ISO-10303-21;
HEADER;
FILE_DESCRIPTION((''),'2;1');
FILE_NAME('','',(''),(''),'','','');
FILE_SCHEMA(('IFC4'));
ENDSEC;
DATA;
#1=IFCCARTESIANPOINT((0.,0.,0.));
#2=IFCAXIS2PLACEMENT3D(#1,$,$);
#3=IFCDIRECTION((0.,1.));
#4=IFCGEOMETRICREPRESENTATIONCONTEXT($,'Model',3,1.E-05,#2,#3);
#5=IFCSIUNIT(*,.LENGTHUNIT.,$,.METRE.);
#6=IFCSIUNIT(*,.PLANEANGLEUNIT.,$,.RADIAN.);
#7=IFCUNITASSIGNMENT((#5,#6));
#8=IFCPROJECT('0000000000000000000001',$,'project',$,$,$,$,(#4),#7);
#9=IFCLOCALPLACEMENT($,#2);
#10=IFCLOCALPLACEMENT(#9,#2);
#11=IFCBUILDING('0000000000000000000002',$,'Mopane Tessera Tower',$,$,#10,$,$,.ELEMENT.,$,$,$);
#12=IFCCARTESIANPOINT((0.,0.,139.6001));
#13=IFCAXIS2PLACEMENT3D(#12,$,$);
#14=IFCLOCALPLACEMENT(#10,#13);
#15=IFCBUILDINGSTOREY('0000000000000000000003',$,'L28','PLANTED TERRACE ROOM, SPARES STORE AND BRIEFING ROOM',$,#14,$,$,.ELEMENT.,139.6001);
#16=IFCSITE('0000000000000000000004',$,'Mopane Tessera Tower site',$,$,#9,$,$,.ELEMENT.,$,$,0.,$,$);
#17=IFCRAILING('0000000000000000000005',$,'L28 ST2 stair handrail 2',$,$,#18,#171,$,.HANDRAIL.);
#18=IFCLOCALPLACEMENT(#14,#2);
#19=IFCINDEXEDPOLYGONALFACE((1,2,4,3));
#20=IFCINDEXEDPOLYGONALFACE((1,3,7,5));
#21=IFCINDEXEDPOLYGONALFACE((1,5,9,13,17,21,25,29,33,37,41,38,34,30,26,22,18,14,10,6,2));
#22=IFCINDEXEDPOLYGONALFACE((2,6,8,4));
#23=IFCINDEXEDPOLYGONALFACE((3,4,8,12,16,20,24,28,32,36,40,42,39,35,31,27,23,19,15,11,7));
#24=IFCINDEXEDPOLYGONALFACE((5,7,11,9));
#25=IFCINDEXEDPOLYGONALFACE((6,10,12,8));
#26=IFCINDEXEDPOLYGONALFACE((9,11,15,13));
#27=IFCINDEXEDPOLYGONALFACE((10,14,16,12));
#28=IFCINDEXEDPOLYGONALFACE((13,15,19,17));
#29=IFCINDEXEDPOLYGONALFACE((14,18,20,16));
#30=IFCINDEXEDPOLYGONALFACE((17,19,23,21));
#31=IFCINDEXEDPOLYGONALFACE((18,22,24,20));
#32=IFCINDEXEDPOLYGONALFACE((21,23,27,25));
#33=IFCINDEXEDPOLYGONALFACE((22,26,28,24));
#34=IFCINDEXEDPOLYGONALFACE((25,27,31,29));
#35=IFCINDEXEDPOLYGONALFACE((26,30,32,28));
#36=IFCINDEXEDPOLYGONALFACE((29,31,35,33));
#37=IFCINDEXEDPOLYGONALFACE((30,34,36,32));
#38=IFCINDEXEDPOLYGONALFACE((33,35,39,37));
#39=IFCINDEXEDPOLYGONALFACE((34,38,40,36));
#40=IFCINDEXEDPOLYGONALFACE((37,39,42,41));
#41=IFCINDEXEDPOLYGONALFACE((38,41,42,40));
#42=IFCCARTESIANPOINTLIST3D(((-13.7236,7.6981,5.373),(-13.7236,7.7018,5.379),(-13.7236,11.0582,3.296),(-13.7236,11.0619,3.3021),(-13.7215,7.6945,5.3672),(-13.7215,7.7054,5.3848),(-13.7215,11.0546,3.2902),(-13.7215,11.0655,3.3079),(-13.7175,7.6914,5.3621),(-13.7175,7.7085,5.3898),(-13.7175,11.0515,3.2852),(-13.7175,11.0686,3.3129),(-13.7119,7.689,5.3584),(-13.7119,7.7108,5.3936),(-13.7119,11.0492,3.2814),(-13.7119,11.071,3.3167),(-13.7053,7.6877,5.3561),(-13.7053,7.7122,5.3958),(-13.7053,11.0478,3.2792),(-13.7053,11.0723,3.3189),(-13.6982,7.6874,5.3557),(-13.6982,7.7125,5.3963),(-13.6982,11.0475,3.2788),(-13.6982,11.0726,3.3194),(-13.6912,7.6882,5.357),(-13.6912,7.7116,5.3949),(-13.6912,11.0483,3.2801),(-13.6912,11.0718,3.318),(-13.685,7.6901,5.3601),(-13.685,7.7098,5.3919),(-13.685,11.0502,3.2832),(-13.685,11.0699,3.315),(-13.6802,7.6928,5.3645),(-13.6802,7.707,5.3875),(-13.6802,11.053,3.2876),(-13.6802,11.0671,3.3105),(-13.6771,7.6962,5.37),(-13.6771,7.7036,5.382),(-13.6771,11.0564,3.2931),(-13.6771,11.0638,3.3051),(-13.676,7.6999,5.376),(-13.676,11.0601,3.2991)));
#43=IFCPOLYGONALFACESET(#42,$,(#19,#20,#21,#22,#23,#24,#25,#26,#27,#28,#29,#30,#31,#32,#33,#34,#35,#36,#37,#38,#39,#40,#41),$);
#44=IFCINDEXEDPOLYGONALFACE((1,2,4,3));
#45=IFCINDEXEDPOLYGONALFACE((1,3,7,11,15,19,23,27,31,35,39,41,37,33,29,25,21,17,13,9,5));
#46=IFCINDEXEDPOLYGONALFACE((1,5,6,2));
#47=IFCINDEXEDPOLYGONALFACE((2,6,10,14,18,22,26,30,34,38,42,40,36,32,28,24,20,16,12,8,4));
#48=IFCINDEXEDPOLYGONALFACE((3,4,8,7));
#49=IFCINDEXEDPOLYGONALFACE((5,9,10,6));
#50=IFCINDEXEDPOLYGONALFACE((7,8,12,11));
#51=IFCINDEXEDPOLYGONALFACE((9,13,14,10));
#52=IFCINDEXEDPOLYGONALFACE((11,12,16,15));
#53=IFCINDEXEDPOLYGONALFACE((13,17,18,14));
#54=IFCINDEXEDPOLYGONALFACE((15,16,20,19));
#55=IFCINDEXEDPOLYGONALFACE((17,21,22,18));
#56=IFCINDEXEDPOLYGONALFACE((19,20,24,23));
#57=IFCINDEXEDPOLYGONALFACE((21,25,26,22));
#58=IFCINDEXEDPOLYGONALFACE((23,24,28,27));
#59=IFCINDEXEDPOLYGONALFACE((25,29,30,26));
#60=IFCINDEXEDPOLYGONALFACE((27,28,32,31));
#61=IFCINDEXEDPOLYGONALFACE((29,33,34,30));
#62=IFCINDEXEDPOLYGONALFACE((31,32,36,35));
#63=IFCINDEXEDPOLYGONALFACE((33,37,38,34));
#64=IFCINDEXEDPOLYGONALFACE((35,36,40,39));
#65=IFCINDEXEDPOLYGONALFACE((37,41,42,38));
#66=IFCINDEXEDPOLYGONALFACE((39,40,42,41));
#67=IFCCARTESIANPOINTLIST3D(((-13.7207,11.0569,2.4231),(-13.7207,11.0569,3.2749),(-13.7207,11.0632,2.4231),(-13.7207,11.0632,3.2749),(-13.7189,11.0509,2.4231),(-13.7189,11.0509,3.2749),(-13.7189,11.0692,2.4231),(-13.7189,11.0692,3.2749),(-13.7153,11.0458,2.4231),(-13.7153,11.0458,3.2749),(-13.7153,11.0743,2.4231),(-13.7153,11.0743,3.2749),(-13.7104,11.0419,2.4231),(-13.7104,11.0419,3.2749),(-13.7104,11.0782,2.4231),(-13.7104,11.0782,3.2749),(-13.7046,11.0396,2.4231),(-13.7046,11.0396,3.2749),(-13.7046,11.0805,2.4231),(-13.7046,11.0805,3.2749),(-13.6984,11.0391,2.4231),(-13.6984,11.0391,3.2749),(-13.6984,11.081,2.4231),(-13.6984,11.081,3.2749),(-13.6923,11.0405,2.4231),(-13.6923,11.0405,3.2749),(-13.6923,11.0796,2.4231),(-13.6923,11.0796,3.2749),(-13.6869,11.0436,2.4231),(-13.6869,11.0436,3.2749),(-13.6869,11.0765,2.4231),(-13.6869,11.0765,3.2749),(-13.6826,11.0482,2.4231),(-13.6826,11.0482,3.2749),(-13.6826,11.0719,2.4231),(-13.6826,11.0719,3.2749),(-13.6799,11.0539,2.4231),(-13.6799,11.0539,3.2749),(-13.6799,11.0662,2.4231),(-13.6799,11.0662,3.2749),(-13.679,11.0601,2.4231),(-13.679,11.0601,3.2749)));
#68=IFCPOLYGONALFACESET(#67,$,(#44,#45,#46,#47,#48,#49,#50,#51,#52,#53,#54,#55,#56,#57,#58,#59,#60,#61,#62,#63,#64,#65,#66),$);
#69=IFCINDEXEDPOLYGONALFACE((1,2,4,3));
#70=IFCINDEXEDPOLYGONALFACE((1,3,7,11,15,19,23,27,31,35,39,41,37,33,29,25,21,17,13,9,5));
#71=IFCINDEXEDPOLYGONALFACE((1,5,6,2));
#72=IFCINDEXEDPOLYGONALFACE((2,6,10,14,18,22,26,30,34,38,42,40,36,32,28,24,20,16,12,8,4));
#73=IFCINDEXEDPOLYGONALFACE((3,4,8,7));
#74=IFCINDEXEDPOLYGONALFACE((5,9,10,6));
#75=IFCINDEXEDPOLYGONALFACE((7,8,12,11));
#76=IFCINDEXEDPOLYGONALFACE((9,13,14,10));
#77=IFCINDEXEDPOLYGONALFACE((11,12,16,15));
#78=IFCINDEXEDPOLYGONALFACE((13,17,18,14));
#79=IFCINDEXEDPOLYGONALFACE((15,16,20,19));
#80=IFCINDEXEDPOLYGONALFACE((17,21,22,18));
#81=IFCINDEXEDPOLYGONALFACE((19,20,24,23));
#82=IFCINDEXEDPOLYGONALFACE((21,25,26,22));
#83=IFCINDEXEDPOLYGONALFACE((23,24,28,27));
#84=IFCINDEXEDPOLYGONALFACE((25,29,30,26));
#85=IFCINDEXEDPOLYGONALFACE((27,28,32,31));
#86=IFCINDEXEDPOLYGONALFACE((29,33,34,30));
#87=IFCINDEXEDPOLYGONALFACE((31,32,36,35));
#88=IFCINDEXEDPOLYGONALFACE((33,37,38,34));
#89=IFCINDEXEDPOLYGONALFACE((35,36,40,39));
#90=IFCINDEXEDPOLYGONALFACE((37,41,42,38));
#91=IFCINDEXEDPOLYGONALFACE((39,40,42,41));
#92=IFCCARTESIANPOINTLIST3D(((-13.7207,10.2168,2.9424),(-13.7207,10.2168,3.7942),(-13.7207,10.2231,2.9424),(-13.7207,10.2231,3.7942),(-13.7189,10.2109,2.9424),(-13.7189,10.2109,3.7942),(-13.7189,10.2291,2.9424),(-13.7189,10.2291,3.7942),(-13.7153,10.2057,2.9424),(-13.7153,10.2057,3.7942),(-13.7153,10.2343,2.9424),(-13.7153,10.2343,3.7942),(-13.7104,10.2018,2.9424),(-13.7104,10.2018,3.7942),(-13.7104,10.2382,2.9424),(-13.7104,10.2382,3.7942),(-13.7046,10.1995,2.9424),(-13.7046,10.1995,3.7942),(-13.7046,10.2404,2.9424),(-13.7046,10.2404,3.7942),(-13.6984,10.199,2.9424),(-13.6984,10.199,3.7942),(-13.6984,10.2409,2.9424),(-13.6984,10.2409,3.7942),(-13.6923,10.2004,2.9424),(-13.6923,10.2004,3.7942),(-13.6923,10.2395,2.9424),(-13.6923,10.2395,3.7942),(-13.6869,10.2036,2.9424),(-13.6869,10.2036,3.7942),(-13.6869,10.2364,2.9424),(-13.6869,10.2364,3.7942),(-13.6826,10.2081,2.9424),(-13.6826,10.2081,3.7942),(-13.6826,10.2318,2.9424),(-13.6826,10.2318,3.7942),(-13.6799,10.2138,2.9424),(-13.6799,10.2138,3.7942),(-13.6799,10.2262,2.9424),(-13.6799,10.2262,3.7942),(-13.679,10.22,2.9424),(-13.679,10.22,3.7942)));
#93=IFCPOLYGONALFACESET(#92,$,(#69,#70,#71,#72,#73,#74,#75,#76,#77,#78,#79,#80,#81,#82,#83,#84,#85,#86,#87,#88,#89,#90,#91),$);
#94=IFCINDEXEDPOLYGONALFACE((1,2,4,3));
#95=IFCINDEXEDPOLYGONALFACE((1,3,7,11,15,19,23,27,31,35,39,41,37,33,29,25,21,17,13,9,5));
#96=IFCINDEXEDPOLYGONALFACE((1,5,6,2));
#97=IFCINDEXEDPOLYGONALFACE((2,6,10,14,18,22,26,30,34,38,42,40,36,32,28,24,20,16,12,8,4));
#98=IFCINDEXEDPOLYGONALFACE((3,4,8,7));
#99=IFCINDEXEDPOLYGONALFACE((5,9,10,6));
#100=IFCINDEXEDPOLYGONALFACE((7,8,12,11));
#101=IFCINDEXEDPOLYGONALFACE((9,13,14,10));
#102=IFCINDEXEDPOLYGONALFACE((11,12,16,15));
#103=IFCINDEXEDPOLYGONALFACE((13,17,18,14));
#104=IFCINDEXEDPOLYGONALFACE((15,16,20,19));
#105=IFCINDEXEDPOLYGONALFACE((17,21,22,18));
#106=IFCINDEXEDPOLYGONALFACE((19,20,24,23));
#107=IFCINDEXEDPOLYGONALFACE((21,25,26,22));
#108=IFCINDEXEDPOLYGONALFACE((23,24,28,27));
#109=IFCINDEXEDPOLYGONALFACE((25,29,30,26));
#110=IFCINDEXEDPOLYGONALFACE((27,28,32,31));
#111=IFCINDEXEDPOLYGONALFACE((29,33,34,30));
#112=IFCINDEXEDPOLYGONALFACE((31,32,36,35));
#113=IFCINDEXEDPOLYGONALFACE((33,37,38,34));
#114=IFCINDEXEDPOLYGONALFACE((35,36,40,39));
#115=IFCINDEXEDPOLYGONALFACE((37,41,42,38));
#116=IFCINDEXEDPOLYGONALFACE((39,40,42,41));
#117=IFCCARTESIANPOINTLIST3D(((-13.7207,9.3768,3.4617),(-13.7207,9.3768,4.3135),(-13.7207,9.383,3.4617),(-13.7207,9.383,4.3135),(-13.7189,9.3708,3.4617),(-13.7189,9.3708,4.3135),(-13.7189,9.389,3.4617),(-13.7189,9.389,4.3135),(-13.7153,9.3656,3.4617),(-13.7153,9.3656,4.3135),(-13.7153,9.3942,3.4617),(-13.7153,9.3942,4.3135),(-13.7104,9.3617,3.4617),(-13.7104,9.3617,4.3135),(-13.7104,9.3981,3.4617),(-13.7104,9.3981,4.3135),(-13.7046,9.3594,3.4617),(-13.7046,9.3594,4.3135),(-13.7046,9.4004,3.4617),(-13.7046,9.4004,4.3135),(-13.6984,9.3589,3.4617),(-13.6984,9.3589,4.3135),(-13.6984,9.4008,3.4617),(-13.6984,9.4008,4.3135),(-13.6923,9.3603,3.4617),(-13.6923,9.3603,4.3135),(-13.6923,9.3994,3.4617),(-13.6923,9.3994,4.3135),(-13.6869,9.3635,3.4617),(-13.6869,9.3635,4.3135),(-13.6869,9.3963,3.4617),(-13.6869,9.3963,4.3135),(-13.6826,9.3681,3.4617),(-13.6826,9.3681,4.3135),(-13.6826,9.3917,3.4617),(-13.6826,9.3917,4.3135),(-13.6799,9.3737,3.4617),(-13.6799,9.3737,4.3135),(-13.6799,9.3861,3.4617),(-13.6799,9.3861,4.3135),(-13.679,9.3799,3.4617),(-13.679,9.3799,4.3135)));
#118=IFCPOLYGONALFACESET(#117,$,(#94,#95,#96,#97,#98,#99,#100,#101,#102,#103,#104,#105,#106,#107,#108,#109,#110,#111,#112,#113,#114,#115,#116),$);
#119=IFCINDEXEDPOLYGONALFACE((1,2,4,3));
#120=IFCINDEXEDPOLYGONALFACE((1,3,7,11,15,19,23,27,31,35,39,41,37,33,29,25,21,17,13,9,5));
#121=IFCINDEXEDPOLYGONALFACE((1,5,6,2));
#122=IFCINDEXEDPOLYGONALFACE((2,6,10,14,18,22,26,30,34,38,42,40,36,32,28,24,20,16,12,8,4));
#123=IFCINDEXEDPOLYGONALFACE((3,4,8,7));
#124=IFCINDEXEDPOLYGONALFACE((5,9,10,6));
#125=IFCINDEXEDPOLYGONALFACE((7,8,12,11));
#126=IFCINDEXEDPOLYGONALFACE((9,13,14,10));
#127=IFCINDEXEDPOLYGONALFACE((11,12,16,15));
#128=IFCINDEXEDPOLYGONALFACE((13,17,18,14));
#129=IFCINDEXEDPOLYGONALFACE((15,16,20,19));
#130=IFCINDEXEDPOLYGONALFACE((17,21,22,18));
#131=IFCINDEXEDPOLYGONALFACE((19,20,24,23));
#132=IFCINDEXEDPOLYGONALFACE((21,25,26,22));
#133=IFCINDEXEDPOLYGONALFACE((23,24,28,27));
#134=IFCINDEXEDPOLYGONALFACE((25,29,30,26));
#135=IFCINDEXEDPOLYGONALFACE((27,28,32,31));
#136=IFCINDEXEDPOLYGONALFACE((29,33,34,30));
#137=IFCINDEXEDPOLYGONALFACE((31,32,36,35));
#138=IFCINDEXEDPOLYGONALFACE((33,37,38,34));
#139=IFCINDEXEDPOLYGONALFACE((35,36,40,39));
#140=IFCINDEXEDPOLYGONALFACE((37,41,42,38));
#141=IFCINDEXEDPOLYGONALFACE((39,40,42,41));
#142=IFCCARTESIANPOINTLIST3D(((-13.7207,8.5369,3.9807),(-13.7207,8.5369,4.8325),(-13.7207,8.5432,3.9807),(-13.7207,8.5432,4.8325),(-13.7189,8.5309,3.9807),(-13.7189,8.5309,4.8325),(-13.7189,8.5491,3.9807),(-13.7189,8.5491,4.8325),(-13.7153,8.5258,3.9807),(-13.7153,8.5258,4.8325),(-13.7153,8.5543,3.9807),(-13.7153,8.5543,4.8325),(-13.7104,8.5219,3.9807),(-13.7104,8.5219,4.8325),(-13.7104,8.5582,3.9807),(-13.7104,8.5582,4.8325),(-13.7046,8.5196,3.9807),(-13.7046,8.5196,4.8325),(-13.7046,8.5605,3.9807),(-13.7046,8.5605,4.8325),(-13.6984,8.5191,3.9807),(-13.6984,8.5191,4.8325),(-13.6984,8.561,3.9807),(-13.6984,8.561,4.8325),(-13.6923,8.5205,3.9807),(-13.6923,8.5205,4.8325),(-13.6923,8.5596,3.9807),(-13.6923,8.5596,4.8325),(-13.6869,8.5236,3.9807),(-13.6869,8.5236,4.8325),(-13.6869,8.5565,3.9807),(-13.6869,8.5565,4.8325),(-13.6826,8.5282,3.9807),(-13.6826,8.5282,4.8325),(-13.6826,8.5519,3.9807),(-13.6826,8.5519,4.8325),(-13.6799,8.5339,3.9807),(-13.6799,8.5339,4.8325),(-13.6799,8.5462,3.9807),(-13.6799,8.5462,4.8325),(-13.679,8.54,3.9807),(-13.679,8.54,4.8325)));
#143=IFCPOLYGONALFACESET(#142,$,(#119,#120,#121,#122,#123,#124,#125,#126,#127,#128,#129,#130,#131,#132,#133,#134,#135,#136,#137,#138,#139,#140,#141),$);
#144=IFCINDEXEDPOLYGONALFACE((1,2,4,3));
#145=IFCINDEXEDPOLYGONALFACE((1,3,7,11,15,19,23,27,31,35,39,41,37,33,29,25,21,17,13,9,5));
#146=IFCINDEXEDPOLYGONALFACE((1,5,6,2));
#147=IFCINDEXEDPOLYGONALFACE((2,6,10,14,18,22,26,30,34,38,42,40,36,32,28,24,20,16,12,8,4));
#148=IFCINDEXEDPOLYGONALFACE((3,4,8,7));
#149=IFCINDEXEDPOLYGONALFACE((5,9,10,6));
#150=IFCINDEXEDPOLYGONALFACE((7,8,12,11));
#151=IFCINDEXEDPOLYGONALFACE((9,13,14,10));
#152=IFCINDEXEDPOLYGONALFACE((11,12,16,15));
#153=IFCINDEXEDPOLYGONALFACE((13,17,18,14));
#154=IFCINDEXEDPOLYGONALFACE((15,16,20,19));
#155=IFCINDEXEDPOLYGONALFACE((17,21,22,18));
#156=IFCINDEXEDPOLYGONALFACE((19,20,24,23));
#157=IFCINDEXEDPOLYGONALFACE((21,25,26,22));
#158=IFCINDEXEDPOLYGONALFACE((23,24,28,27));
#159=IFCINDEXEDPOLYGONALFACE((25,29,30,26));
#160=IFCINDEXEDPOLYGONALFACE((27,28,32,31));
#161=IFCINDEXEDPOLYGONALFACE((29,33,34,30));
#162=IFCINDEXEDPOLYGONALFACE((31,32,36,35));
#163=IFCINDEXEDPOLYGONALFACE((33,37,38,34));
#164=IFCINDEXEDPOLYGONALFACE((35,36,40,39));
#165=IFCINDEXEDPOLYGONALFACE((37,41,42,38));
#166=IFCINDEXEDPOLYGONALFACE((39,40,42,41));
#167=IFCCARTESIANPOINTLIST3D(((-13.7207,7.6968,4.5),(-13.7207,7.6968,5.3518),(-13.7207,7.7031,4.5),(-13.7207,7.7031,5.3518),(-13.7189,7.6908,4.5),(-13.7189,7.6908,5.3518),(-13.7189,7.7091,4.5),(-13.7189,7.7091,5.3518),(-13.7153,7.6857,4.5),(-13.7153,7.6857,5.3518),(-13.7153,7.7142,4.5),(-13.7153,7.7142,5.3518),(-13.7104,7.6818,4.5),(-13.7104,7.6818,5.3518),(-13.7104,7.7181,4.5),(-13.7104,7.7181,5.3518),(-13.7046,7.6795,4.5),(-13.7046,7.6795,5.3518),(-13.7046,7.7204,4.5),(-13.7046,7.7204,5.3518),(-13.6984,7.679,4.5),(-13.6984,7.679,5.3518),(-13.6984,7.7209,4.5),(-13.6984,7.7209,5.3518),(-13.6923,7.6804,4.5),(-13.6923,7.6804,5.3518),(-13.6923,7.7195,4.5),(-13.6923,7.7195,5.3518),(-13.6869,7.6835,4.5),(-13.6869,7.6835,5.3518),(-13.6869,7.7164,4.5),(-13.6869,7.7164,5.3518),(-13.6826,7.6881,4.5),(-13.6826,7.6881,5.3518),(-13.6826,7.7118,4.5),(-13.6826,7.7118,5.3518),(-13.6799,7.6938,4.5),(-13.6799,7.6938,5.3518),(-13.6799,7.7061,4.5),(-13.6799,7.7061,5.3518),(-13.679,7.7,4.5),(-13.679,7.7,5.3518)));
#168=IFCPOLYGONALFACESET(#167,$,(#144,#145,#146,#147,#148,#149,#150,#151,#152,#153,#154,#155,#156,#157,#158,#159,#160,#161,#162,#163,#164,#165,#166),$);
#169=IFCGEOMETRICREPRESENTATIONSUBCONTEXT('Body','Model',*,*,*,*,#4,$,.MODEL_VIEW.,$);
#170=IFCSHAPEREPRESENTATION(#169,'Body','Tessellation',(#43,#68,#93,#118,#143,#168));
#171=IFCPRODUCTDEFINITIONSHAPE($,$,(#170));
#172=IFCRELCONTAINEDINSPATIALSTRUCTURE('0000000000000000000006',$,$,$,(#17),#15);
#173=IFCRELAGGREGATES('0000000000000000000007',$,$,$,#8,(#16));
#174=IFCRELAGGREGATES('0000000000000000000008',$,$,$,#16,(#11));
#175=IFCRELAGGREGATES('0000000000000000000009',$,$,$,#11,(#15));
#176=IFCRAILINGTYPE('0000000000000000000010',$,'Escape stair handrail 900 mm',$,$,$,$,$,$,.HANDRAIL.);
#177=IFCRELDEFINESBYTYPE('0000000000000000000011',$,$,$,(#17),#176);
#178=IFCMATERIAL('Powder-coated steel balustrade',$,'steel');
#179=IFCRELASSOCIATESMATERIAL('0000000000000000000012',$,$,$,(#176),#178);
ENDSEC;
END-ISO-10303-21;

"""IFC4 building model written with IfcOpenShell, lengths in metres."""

from ifc_helpers import new_model, si_unit, direction, frame, origin, origin_2d, place, context, subcontext, project, spatial, circle, extrude, material, type_object, element, save


model = new_model("IFC4")

# Units and contexts
model_context = context("Model", 3, precision=1e-05, world=origin(), true_north=direction((0.0, 1.0)))
body_context = subcontext(model_context, "Body", "Model", "MODEL_VIEW")
ifc_project = project(units=[si_unit("LENGTHUNIT", "METRE"), si_unit("PLANEANGLEUNIT", "RADIAN")], contexts=[model_context])

# Site, building, storey
site_placement = place(None, origin())
site = spatial("IfcSite", under=ifc_project, at=site_placement, Name="Mopane Tessera Tower site", CompositionType="ELEMENT", RefElevation=0.0)
building_placement = place(site_placement, origin())
building = spatial("IfcBuilding", under=site, at=building_placement, Name="Mopane Tessera Tower", CompositionType="ELEMENT")
storey_placement = place(building_placement, frame((0.0, 0.0, 139.6001)))
storey = spatial("IfcBuildingStorey", under=building, at=storey_placement, Name="L28", Description="PLANTED TERRACE ROOM, SPARES STORE AND BRIEFING ROOM", CompositionType="ELEMENT", Elevation=139.6001)

# Railing
ifc_material_1 = material(Name="Powder-coated steel balustrade", Category="steel")
railing_type = type_object("IfcRailingType", Name="Escape stair handrail 900 mm", PredefinedType="HANDRAIL", material=ifc_material_1)
railing_placement = place(storey_placement, frame((-13.7, 11.0601, 2.4231)))
element("IfcRailing", 1, at=railing_placement, inside=storey, type_object=railing_type, Name="L28 ST2 stair handrail 2", PredefinedType="HANDRAIL", context=body_context, shape_type="SweptSolid", body=[
    extrude(circle(Radius=0.0239, at=origin_2d()), frame((0.0, 0.0, 0.876), z_axis=(0.0, -0.850623, 0.525776), x_axis=(1.0, 0.0, 0.0)), (0.0, 0.0, 1.0), 3.9502),
    extrude(circle(Radius=0.021, at=origin_2d()), origin(), (0.0, 0.0, 1.0), 0.8518),
    extrude(circle(Radius=0.021, at=origin_2d()), frame((0.0, -0.8401, 0.5193)), (0.0, 0.0, 1.0), 0.8518),
    extrude(circle(Radius=0.021, at=origin_2d()), frame((0.0, -1.6802, 1.0386)), (0.0, 0.0, 1.0), 0.8518),
    extrude(circle(Radius=0.021, at=origin_2d()), frame((0.0, -2.52, 1.5576)), (0.0, 0.0, 1.0), 0.8518),
    extrude(circle(Radius=0.021, at=origin_2d()), frame((0.0, -3.3601, 2.0769)), (0.0, 0.0, 1.0), 0.8518),
])

save(model, "model.ifc")
